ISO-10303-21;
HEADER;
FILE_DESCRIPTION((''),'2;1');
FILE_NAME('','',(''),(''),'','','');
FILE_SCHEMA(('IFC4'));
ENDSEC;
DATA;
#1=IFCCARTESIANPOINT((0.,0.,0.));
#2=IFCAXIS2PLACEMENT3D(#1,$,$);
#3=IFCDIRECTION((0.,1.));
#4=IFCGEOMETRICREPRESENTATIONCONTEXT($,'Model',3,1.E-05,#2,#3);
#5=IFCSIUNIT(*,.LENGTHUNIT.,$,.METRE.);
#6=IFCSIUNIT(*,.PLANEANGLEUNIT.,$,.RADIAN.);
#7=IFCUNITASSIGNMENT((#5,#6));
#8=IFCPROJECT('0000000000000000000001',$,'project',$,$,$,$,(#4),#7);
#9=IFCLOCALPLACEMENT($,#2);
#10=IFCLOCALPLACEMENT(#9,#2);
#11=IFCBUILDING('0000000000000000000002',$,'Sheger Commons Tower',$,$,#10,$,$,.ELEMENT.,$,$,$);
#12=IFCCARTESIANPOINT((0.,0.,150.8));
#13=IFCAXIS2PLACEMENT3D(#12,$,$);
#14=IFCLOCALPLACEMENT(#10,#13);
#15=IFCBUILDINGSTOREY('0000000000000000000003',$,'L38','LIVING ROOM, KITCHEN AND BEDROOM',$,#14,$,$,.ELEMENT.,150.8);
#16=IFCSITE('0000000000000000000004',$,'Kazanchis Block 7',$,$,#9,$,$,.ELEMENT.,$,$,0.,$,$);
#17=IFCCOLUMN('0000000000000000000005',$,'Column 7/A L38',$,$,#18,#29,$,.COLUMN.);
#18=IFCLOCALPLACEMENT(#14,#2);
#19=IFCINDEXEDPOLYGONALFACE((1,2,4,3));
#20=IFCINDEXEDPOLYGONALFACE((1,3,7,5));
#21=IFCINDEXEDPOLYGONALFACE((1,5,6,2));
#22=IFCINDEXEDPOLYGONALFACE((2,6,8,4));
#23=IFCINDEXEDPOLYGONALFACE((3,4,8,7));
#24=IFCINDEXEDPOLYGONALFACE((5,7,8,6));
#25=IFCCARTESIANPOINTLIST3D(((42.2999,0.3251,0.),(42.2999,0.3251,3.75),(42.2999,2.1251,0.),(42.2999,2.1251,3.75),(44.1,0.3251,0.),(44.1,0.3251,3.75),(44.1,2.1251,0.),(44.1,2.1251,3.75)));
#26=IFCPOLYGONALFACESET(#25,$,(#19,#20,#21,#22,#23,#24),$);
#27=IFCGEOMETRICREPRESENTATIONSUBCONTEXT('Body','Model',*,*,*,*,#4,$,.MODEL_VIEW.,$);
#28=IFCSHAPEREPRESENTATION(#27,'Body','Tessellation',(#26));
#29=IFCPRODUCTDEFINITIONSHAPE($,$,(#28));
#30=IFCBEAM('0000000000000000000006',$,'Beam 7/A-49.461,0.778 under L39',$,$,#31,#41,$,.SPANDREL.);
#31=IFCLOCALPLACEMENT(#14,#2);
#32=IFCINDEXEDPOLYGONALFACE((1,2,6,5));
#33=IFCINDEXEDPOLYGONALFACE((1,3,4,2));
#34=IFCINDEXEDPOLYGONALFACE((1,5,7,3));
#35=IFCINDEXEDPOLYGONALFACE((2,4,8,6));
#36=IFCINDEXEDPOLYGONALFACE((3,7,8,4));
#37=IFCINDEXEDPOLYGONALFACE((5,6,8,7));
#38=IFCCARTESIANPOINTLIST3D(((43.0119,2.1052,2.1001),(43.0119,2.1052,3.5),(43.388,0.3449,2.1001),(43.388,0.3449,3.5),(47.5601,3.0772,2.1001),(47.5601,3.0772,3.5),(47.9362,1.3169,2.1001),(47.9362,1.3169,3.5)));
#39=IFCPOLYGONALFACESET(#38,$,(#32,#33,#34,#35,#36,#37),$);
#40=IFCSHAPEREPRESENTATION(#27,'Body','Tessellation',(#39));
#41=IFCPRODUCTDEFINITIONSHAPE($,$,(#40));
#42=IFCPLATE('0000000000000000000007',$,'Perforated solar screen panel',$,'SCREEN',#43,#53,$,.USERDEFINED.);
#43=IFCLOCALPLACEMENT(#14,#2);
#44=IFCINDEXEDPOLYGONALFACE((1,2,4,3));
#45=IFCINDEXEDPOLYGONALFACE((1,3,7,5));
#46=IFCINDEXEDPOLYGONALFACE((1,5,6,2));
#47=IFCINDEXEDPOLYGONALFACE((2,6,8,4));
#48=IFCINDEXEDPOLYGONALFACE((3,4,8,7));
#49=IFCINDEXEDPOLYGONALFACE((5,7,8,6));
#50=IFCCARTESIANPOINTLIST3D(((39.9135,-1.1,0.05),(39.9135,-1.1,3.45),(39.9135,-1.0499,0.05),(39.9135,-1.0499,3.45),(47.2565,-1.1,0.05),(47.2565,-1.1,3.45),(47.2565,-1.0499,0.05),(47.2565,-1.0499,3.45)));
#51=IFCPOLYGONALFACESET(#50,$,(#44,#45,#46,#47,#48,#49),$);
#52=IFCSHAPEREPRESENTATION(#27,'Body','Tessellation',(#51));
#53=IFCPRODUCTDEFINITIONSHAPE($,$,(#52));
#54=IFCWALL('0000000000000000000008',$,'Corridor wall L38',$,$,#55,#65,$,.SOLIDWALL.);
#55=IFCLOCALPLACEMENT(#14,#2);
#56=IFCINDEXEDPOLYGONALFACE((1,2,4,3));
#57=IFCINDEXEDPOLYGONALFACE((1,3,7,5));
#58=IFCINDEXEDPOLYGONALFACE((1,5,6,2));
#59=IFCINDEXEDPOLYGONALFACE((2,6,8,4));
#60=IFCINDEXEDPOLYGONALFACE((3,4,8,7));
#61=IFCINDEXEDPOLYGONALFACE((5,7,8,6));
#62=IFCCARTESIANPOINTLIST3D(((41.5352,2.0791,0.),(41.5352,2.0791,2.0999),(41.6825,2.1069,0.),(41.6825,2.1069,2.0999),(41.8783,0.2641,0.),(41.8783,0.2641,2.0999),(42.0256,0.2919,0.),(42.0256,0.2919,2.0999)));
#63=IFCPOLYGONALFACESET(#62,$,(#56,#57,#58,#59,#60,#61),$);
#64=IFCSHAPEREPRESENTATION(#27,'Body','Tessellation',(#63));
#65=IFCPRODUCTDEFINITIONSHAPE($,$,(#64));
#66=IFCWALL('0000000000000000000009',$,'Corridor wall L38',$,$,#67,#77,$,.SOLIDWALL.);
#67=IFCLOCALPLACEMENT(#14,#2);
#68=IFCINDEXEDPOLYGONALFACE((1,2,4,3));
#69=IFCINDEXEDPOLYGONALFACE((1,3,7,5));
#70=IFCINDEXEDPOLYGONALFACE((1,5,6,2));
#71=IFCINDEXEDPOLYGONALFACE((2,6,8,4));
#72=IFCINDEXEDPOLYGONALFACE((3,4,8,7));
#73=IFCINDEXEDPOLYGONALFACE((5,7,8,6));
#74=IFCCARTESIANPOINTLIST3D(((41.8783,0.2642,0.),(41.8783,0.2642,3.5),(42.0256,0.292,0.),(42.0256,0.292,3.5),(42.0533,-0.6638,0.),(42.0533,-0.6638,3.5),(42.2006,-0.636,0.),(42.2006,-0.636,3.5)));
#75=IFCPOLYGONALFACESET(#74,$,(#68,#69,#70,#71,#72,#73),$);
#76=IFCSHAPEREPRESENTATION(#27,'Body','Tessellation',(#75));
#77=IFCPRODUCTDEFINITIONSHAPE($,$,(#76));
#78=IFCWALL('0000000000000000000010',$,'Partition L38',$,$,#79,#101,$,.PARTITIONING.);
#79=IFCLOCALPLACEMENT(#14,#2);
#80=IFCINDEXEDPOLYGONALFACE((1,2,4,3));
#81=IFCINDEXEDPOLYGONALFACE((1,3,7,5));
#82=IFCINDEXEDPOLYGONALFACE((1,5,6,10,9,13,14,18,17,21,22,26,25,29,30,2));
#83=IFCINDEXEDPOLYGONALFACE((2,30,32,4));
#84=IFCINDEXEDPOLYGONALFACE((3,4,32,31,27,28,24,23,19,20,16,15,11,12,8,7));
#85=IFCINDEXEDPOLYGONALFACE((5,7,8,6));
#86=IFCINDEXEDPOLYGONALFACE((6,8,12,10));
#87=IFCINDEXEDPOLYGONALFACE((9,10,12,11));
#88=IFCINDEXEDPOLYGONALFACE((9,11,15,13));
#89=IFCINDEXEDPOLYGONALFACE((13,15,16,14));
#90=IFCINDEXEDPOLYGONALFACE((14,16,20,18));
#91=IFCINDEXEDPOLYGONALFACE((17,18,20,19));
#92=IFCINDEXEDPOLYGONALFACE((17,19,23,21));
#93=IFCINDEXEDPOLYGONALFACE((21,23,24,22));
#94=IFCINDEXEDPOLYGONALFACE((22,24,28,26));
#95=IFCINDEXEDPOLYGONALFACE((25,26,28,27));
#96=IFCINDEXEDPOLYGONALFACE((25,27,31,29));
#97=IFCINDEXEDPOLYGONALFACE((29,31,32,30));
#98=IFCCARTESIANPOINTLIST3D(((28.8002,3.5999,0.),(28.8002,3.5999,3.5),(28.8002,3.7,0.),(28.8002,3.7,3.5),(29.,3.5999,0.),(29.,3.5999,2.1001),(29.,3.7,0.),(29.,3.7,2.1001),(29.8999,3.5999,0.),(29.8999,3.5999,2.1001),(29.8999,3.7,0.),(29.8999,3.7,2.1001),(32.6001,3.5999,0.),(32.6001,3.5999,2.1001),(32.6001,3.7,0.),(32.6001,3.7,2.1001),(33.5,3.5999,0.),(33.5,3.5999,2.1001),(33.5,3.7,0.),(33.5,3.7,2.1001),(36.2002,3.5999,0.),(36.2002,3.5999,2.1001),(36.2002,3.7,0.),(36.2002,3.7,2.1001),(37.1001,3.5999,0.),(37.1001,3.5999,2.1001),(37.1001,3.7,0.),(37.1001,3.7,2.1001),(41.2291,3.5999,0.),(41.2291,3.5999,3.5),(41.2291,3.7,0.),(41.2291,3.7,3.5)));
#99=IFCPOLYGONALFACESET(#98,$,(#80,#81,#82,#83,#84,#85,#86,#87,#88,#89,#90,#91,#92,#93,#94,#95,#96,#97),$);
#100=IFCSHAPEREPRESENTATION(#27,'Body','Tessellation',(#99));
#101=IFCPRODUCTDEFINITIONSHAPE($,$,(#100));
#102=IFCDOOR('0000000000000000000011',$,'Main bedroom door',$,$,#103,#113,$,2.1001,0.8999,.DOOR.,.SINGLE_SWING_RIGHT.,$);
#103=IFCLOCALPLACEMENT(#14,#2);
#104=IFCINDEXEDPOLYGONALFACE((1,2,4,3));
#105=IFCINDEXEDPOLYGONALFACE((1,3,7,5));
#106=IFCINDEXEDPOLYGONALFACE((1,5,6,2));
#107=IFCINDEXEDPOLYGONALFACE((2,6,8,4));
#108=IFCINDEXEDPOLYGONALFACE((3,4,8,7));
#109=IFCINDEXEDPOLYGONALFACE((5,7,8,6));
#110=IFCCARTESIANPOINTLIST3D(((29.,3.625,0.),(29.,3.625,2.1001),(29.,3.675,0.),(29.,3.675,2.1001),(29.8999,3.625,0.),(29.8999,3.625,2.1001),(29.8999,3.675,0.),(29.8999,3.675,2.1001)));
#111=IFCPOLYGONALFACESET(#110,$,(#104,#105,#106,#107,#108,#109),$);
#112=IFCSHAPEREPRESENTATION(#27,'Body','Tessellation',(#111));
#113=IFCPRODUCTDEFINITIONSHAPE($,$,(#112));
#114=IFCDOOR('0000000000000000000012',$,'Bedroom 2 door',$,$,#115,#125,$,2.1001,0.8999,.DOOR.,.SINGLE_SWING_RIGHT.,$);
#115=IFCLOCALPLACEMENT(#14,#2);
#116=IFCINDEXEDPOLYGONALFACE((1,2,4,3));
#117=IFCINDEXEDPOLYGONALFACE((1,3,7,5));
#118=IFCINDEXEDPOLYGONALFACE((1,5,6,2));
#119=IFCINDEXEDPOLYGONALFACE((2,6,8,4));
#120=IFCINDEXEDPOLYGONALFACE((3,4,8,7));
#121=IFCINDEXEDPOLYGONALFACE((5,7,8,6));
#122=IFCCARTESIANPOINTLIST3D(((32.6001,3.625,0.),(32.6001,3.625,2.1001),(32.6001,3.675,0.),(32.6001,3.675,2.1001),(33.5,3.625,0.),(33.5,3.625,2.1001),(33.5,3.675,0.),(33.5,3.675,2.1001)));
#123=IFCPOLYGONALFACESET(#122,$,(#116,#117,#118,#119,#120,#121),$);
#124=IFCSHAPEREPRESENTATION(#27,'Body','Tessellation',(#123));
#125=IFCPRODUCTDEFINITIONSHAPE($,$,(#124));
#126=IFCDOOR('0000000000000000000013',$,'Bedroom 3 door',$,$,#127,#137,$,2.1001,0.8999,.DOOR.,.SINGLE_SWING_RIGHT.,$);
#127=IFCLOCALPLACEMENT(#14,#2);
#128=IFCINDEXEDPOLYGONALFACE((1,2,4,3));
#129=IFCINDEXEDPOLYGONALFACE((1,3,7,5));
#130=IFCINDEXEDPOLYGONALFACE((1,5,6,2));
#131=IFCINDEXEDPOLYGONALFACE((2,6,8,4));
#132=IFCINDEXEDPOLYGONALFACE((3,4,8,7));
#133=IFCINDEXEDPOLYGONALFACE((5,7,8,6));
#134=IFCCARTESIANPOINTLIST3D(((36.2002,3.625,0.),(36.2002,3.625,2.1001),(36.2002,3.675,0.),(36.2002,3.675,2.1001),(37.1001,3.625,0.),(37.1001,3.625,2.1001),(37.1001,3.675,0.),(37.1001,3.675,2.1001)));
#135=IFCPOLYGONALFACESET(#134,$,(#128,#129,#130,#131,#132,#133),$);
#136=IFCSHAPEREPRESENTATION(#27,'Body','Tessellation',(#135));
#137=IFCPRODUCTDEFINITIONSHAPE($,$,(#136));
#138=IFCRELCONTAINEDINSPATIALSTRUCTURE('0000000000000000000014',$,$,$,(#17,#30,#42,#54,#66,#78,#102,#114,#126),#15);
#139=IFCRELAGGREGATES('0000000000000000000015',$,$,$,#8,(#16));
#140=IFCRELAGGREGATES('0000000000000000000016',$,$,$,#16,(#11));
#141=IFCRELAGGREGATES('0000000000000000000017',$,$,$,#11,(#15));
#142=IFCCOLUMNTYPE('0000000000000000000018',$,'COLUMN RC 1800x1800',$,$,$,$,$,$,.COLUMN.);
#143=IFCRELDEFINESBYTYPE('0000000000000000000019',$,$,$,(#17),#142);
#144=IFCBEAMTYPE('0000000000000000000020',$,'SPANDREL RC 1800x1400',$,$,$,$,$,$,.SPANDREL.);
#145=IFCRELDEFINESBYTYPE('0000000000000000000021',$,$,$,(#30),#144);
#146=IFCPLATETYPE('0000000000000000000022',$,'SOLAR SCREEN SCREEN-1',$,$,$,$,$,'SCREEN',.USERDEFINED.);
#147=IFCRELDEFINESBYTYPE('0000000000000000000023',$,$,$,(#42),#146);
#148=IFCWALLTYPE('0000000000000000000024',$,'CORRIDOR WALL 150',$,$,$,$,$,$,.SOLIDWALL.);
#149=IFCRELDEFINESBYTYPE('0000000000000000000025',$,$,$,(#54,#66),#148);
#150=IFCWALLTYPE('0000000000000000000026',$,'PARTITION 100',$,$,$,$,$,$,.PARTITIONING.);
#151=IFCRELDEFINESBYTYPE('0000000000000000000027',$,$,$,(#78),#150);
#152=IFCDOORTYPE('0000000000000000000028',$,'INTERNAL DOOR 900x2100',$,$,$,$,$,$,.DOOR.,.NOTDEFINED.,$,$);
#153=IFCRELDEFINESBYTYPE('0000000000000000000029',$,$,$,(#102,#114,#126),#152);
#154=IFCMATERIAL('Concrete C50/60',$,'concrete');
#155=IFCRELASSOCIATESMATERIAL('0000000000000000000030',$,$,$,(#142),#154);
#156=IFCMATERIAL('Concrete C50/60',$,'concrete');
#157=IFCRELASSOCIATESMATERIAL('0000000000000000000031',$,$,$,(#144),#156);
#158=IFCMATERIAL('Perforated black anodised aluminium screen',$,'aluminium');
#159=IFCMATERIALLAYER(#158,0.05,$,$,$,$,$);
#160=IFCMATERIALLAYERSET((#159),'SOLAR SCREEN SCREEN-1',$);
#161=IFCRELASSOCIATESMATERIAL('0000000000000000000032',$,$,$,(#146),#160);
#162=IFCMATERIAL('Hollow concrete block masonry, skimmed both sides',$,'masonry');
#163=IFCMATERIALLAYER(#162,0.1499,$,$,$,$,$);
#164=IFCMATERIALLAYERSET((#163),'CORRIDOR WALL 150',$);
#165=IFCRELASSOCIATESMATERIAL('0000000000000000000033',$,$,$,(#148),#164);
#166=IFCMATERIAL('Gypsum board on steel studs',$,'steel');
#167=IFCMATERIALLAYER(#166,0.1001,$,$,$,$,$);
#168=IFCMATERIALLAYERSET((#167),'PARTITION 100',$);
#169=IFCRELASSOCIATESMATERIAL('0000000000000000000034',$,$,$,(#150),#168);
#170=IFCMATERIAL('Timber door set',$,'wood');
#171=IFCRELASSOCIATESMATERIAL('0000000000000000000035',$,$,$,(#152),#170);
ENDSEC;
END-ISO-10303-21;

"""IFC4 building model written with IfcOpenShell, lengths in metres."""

from ifc_helpers import new_model, si_unit, direction, frame, frame_2d, origin, origin_2d, place, context, subcontext, project, spatial, rectangle, extrude, material, layer, layer_set, material_profile, profile_set, type_object, element, fill, save


model = new_model("IFC4")

# Units and contexts
model_context = context("Model", 3, precision=1e-05, world=origin(), true_north=direction((0.0, 1.0)))
body_context = subcontext(model_context, "Body", "Model", "MODEL_VIEW")
ifc_project = project(units=[si_unit("LENGTHUNIT", "METRE"), si_unit("PLANEANGLEUNIT", "RADIAN")], contexts=[model_context])

# Site, building, storey
site_placement = place(None, origin())
site = spatial("IfcSite", under=ifc_project, at=site_placement, Name="Kazanchis Block 7", CompositionType="ELEMENT", RefElevation=0.0)
building_placement = place(site_placement, origin())
building = spatial("IfcBuilding", under=site, at=building_placement, Name="Sheger Commons Tower", CompositionType="ELEMENT")
storey_placement = place(building_placement, frame((0.0, 0.0, 150.8)))
storey = spatial("IfcBuildingStorey", under=building, at=storey_placement, Name="L38", Description="LIVING ROOM, KITCHEN AND BEDROOM", CompositionType="ELEMENT", Elevation=150.8)

# Column
ifc_material_1 = material(Name="Concrete C50/60", Category="concrete")
ifc_material_profile_1 = material_profile(ifc_material_1, rectangle(XDim=1.8, YDim=1.8, at=origin_2d()), Name="RC 1800x1800")
ifc_profile_set_1 = profile_set([ifc_material_profile_1], Name="Concrete C50/60")
column_type = type_object("IfcColumnType", Name="COLUMN RC 1800x1800", PredefinedType="COLUMN", material=ifc_profile_set_1)
column_placement = place(storey_placement, frame((43.2, 1.2251, 0.0), z_axis=(0.0, 0.0, 1.0), x_axis=(1.0, 0.0, 0.0)))
element("IfcColumn", 1, at=column_placement, inside=storey, type_object=column_type, Name="Column 7/A L38", PredefinedType="COLUMN", context=body_context, shape_type="SweptSolid", body=[
    extrude(rectangle(XDim=1.8, YDim=1.8, at=origin_2d()), origin(), (0.0, 0.0, 1.0), 3.75),
])

# Beam
ifc_material_2 = material(Name="Concrete C50/60", Category="concrete")
ifc_material_profile_2 = material_profile(ifc_material_2, rectangle(XDim=1.8, YDim=1.3999, at=origin_2d()), Name="RC 1800x1400")
ifc_profile_set_2 = profile_set([ifc_material_profile_2], Name="Concrete C50/60")
beam_type = type_object("IfcBeamType", Name="SPANDREL RC 1800x1400", PredefinedType="SPANDREL", material=ifc_profile_set_2)
beam_placement = place(storey_placement, frame((43.2, 1.2251, 2.8), z_axis=(0.97792, 0.208981, 0.0), x_axis=(-0.208981, 0.97792, 0.0)))
element("IfcBeam", 2, at=beam_placement, inside=storey, type_object=beam_type, Name="Beam 7/A-49.461,0.778 under L39", PredefinedType="SPANDREL", context=body_context, shape_type="SweptSolid", body=[
    extrude(rectangle(XDim=1.8, YDim=1.3999, at=origin_2d()), origin(), (0.0, 0.0, 1.0), 4.6509),
])

# Plate
ifc_material_3 = material(Name="Perforated black anodised aluminium screen", Category="aluminium")
ifc_layer_1 = layer(ifc_material_3, 0.05)
ifc_layer_set_1 = layer_set([ifc_layer_1], Name="SOLAR SCREEN SCREEN-1")
plate_type = type_object("IfcPlateType", Name="SOLAR SCREEN SCREEN-1", ElementType="SCREEN", PredefinedType="USERDEFINED", material=ifc_layer_set_1)
plate_placement = place(storey_placement, frame((43.585, -1.075, 0.05), z_axis=(0.0, 0.0, 1.0), x_axis=(1.0, 0.0, 0.0)))
element("IfcPlate", 3, at=plate_placement, inside=storey, type_object=plate_type, Name="Perforated solar screen panel", ObjectType="SCREEN", PredefinedType="USERDEFINED", context=body_context, shape_type="SweptSolid", body=[
    extrude(rectangle(XDim=7.343, YDim=0.05, at=origin_2d()), origin(), (0.0, 0.0, 1.0), 3.3999),
])

# Walls
ifc_material_4 = material(Name="Hollow concrete block masonry, skimmed both sides", Category="masonry")
ifc_layer_2 = layer(ifc_material_4, 0.1499)
ifc_layer_set_2 = layer_set([ifc_layer_2], Name="CORRIDOR WALL 150")
wall_type_1 = type_object("IfcWallType", Name="CORRIDOR WALL 150", PredefinedType="SOLIDWALL", material=ifc_layer_set_2)
wall_1_placement = place(storey_placement, frame((41.6089, 2.093, 0.0), z_axis=(0.0, 0.0, 1.0), x_axis=(0.185709, -0.982605, 0.0)))
element("IfcWall", 4, at=wall_1_placement, inside=storey, type_object=wall_type_1, Name="Corridor wall L38", PredefinedType="SOLIDWALL", context=body_context, shape_type="SweptSolid", body=[
    extrude(rectangle(XDim=1.8472, YDim=0.1499, at=frame_2d((0.9236, 0.0))), origin(), (0.0, 0.0, 1.0), 2.0999),
])
wall_2_placement = place(storey_placement, frame((41.9519, 0.2781, 0.0), z_axis=(0.0, 0.0, 1.0), x_axis=(0.185365, -0.98267, 0.0)))
element("IfcWall", 5, at=wall_2_placement, inside=storey, type_object=wall_type_1, Name="Corridor wall L38", PredefinedType="SOLIDWALL", context=body_context, shape_type="SweptSolid", body=[
    extrude(rectangle(XDim=0.9443, YDim=0.1499, at=frame_2d((0.4722, 0.0))), origin(), (0.0, 0.0, 1.0), 3.5),
])

# Wall, openings, doors
ifc_material_5 = material(Name="Gypsum board on steel studs", Category="steel")
ifc_layer_3 = layer(ifc_material_5, 0.1001)
ifc_layer_set_3 = layer_set([ifc_layer_3], Name="PARTITION 100")
wall_type_2 = type_object("IfcWallType", Name="PARTITION 100", PredefinedType="PARTITIONING", material=ifc_layer_set_3)
wall_3_placement = place(storey_placement, frame((41.229, 3.6499, 0.0), z_axis=(0.0, 0.0, 1.0), x_axis=(-1.0, 0.0, 0.0)))
wall_3 = element("IfcWall", 6, at=wall_3_placement, inside=storey, type_object=wall_type_2, Name="Partition L38", PredefinedType="PARTITIONING", context=body_context, shape_type="SweptSolid", body=[
    extrude(rectangle(XDim=12.429, YDim=0.1001, at=frame_2d((6.2144, 0.0))), origin(), (0.0, 0.0, 1.0), 3.5),
])
opening_1_placement = place(wall_3_placement, frame((11.3291, 0.0, 0.0)))
opening_1 = element("IfcOpeningElement", 7, at=opening_1_placement, cuts=wall_3, PredefinedType="OPENING", context=body_context, shape_type="SweptSolid", body=[
    extrude(rectangle(XDim=0.8999, YDim=2.1001, at=frame_2d((0.45, 1.05))), frame((0.0, 0.0601, 0.0), z_axis=(0.0, -1.0, 0.0), x_axis=(1.0, 0.0, 0.0)), (0.0, 0.0, 1.0), 0.1201),
])
opening_2_placement = place(wall_3_placement, frame((7.729, 0.0, 0.0)))
opening_2 = element("IfcOpeningElement", 8, at=opening_2_placement, cuts=wall_3, PredefinedType="OPENING", context=body_context, shape_type="SweptSolid", body=[
    extrude(rectangle(XDim=0.8999, YDim=2.1001, at=frame_2d((0.45, 1.05))), frame((0.0, 0.0601, 0.0), z_axis=(0.0, -1.0, 0.0), x_axis=(1.0, 0.0, 0.0)), (0.0, 0.0, 1.0), 0.1201),
])
opening_3_placement = place(wall_3_placement, frame((4.1289, 0.0, 0.0)))
opening_3 = element("IfcOpeningElement", 9, at=opening_3_placement, cuts=wall_3, PredefinedType="OPENING", context=body_context, shape_type="SweptSolid", body=[
    extrude(rectangle(XDim=0.8999, YDim=2.1001, at=frame_2d((0.45, 1.05))), frame((0.0, 0.0601, 0.0), z_axis=(0.0, -1.0, 0.0), x_axis=(1.0, 0.0, 0.0)), (0.0, 0.0, 1.0), 0.1201),
])
ifc_material_6 = material(Name="Timber door set", Category="wood")
door_type = type_object("IfcDoorType", Name="INTERNAL DOOR 900x2100", OperationType="NOTDEFINED", PredefinedType="DOOR", material=ifc_material_6)
door_1_placement = place(opening_1_placement, origin())
door_1 = element("IfcDoor", 10, at=door_1_placement, inside=storey, type_object=door_type, Name="Main bedroom door", OperationType="SINGLE_SWING_RIGHT", OverallHeight=2.1001, OverallWidth=0.8999, PredefinedType="DOOR", context=body_context, shape_type="SweptSolid", body=[
    extrude(rectangle(XDim=0.8999, YDim=2.1001, at=frame_2d((0.45, 1.05))), frame((0.0, 0.0249, 0.0), z_axis=(0.0, -1.0, 0.0), x_axis=(1.0, 0.0, 0.0)), (0.0, 0.0, 1.0), 0.05),
])
fill(opening_1, door_1)
door_2_placement = place(opening_2_placement, origin())
door_2 = element("IfcDoor", 11, at=door_2_placement, inside=storey, type_object=door_type, Name="Bedroom 2 door", OperationType="SINGLE_SWING_RIGHT", OverallHeight=2.1001, OverallWidth=0.8999, PredefinedType="DOOR", context=body_context, shape_type="SweptSolid", body=[
    extrude(rectangle(XDim=0.8999, YDim=2.1001, at=frame_2d((0.45, 1.05))), frame((0.0, 0.0249, 0.0), z_axis=(0.0, -1.0, 0.0), x_axis=(1.0, 0.0, 0.0)), (0.0, 0.0, 1.0), 0.05),
])
fill(opening_2, door_2)
door_3_placement = place(opening_3_placement, origin())
door_3 = element("IfcDoor", 12, at=door_3_placement, inside=storey, type_object=door_type, Name="Bedroom 3 door", OperationType="SINGLE_SWING_RIGHT", OverallHeight=2.1001, OverallWidth=0.8999, PredefinedType="DOOR", context=body_context, shape_type="SweptSolid", body=[
    extrude(rectangle(XDim=0.8999, YDim=2.1001, at=frame_2d((0.45, 1.05))), frame((0.0, 0.0249, 0.0), z_axis=(0.0, -1.0, 0.0), x_axis=(1.0, 0.0, 0.0)), (0.0, 0.0, 1.0), 0.05),
])
fill(opening_3, door_3)

save(model, "model.ifc")
